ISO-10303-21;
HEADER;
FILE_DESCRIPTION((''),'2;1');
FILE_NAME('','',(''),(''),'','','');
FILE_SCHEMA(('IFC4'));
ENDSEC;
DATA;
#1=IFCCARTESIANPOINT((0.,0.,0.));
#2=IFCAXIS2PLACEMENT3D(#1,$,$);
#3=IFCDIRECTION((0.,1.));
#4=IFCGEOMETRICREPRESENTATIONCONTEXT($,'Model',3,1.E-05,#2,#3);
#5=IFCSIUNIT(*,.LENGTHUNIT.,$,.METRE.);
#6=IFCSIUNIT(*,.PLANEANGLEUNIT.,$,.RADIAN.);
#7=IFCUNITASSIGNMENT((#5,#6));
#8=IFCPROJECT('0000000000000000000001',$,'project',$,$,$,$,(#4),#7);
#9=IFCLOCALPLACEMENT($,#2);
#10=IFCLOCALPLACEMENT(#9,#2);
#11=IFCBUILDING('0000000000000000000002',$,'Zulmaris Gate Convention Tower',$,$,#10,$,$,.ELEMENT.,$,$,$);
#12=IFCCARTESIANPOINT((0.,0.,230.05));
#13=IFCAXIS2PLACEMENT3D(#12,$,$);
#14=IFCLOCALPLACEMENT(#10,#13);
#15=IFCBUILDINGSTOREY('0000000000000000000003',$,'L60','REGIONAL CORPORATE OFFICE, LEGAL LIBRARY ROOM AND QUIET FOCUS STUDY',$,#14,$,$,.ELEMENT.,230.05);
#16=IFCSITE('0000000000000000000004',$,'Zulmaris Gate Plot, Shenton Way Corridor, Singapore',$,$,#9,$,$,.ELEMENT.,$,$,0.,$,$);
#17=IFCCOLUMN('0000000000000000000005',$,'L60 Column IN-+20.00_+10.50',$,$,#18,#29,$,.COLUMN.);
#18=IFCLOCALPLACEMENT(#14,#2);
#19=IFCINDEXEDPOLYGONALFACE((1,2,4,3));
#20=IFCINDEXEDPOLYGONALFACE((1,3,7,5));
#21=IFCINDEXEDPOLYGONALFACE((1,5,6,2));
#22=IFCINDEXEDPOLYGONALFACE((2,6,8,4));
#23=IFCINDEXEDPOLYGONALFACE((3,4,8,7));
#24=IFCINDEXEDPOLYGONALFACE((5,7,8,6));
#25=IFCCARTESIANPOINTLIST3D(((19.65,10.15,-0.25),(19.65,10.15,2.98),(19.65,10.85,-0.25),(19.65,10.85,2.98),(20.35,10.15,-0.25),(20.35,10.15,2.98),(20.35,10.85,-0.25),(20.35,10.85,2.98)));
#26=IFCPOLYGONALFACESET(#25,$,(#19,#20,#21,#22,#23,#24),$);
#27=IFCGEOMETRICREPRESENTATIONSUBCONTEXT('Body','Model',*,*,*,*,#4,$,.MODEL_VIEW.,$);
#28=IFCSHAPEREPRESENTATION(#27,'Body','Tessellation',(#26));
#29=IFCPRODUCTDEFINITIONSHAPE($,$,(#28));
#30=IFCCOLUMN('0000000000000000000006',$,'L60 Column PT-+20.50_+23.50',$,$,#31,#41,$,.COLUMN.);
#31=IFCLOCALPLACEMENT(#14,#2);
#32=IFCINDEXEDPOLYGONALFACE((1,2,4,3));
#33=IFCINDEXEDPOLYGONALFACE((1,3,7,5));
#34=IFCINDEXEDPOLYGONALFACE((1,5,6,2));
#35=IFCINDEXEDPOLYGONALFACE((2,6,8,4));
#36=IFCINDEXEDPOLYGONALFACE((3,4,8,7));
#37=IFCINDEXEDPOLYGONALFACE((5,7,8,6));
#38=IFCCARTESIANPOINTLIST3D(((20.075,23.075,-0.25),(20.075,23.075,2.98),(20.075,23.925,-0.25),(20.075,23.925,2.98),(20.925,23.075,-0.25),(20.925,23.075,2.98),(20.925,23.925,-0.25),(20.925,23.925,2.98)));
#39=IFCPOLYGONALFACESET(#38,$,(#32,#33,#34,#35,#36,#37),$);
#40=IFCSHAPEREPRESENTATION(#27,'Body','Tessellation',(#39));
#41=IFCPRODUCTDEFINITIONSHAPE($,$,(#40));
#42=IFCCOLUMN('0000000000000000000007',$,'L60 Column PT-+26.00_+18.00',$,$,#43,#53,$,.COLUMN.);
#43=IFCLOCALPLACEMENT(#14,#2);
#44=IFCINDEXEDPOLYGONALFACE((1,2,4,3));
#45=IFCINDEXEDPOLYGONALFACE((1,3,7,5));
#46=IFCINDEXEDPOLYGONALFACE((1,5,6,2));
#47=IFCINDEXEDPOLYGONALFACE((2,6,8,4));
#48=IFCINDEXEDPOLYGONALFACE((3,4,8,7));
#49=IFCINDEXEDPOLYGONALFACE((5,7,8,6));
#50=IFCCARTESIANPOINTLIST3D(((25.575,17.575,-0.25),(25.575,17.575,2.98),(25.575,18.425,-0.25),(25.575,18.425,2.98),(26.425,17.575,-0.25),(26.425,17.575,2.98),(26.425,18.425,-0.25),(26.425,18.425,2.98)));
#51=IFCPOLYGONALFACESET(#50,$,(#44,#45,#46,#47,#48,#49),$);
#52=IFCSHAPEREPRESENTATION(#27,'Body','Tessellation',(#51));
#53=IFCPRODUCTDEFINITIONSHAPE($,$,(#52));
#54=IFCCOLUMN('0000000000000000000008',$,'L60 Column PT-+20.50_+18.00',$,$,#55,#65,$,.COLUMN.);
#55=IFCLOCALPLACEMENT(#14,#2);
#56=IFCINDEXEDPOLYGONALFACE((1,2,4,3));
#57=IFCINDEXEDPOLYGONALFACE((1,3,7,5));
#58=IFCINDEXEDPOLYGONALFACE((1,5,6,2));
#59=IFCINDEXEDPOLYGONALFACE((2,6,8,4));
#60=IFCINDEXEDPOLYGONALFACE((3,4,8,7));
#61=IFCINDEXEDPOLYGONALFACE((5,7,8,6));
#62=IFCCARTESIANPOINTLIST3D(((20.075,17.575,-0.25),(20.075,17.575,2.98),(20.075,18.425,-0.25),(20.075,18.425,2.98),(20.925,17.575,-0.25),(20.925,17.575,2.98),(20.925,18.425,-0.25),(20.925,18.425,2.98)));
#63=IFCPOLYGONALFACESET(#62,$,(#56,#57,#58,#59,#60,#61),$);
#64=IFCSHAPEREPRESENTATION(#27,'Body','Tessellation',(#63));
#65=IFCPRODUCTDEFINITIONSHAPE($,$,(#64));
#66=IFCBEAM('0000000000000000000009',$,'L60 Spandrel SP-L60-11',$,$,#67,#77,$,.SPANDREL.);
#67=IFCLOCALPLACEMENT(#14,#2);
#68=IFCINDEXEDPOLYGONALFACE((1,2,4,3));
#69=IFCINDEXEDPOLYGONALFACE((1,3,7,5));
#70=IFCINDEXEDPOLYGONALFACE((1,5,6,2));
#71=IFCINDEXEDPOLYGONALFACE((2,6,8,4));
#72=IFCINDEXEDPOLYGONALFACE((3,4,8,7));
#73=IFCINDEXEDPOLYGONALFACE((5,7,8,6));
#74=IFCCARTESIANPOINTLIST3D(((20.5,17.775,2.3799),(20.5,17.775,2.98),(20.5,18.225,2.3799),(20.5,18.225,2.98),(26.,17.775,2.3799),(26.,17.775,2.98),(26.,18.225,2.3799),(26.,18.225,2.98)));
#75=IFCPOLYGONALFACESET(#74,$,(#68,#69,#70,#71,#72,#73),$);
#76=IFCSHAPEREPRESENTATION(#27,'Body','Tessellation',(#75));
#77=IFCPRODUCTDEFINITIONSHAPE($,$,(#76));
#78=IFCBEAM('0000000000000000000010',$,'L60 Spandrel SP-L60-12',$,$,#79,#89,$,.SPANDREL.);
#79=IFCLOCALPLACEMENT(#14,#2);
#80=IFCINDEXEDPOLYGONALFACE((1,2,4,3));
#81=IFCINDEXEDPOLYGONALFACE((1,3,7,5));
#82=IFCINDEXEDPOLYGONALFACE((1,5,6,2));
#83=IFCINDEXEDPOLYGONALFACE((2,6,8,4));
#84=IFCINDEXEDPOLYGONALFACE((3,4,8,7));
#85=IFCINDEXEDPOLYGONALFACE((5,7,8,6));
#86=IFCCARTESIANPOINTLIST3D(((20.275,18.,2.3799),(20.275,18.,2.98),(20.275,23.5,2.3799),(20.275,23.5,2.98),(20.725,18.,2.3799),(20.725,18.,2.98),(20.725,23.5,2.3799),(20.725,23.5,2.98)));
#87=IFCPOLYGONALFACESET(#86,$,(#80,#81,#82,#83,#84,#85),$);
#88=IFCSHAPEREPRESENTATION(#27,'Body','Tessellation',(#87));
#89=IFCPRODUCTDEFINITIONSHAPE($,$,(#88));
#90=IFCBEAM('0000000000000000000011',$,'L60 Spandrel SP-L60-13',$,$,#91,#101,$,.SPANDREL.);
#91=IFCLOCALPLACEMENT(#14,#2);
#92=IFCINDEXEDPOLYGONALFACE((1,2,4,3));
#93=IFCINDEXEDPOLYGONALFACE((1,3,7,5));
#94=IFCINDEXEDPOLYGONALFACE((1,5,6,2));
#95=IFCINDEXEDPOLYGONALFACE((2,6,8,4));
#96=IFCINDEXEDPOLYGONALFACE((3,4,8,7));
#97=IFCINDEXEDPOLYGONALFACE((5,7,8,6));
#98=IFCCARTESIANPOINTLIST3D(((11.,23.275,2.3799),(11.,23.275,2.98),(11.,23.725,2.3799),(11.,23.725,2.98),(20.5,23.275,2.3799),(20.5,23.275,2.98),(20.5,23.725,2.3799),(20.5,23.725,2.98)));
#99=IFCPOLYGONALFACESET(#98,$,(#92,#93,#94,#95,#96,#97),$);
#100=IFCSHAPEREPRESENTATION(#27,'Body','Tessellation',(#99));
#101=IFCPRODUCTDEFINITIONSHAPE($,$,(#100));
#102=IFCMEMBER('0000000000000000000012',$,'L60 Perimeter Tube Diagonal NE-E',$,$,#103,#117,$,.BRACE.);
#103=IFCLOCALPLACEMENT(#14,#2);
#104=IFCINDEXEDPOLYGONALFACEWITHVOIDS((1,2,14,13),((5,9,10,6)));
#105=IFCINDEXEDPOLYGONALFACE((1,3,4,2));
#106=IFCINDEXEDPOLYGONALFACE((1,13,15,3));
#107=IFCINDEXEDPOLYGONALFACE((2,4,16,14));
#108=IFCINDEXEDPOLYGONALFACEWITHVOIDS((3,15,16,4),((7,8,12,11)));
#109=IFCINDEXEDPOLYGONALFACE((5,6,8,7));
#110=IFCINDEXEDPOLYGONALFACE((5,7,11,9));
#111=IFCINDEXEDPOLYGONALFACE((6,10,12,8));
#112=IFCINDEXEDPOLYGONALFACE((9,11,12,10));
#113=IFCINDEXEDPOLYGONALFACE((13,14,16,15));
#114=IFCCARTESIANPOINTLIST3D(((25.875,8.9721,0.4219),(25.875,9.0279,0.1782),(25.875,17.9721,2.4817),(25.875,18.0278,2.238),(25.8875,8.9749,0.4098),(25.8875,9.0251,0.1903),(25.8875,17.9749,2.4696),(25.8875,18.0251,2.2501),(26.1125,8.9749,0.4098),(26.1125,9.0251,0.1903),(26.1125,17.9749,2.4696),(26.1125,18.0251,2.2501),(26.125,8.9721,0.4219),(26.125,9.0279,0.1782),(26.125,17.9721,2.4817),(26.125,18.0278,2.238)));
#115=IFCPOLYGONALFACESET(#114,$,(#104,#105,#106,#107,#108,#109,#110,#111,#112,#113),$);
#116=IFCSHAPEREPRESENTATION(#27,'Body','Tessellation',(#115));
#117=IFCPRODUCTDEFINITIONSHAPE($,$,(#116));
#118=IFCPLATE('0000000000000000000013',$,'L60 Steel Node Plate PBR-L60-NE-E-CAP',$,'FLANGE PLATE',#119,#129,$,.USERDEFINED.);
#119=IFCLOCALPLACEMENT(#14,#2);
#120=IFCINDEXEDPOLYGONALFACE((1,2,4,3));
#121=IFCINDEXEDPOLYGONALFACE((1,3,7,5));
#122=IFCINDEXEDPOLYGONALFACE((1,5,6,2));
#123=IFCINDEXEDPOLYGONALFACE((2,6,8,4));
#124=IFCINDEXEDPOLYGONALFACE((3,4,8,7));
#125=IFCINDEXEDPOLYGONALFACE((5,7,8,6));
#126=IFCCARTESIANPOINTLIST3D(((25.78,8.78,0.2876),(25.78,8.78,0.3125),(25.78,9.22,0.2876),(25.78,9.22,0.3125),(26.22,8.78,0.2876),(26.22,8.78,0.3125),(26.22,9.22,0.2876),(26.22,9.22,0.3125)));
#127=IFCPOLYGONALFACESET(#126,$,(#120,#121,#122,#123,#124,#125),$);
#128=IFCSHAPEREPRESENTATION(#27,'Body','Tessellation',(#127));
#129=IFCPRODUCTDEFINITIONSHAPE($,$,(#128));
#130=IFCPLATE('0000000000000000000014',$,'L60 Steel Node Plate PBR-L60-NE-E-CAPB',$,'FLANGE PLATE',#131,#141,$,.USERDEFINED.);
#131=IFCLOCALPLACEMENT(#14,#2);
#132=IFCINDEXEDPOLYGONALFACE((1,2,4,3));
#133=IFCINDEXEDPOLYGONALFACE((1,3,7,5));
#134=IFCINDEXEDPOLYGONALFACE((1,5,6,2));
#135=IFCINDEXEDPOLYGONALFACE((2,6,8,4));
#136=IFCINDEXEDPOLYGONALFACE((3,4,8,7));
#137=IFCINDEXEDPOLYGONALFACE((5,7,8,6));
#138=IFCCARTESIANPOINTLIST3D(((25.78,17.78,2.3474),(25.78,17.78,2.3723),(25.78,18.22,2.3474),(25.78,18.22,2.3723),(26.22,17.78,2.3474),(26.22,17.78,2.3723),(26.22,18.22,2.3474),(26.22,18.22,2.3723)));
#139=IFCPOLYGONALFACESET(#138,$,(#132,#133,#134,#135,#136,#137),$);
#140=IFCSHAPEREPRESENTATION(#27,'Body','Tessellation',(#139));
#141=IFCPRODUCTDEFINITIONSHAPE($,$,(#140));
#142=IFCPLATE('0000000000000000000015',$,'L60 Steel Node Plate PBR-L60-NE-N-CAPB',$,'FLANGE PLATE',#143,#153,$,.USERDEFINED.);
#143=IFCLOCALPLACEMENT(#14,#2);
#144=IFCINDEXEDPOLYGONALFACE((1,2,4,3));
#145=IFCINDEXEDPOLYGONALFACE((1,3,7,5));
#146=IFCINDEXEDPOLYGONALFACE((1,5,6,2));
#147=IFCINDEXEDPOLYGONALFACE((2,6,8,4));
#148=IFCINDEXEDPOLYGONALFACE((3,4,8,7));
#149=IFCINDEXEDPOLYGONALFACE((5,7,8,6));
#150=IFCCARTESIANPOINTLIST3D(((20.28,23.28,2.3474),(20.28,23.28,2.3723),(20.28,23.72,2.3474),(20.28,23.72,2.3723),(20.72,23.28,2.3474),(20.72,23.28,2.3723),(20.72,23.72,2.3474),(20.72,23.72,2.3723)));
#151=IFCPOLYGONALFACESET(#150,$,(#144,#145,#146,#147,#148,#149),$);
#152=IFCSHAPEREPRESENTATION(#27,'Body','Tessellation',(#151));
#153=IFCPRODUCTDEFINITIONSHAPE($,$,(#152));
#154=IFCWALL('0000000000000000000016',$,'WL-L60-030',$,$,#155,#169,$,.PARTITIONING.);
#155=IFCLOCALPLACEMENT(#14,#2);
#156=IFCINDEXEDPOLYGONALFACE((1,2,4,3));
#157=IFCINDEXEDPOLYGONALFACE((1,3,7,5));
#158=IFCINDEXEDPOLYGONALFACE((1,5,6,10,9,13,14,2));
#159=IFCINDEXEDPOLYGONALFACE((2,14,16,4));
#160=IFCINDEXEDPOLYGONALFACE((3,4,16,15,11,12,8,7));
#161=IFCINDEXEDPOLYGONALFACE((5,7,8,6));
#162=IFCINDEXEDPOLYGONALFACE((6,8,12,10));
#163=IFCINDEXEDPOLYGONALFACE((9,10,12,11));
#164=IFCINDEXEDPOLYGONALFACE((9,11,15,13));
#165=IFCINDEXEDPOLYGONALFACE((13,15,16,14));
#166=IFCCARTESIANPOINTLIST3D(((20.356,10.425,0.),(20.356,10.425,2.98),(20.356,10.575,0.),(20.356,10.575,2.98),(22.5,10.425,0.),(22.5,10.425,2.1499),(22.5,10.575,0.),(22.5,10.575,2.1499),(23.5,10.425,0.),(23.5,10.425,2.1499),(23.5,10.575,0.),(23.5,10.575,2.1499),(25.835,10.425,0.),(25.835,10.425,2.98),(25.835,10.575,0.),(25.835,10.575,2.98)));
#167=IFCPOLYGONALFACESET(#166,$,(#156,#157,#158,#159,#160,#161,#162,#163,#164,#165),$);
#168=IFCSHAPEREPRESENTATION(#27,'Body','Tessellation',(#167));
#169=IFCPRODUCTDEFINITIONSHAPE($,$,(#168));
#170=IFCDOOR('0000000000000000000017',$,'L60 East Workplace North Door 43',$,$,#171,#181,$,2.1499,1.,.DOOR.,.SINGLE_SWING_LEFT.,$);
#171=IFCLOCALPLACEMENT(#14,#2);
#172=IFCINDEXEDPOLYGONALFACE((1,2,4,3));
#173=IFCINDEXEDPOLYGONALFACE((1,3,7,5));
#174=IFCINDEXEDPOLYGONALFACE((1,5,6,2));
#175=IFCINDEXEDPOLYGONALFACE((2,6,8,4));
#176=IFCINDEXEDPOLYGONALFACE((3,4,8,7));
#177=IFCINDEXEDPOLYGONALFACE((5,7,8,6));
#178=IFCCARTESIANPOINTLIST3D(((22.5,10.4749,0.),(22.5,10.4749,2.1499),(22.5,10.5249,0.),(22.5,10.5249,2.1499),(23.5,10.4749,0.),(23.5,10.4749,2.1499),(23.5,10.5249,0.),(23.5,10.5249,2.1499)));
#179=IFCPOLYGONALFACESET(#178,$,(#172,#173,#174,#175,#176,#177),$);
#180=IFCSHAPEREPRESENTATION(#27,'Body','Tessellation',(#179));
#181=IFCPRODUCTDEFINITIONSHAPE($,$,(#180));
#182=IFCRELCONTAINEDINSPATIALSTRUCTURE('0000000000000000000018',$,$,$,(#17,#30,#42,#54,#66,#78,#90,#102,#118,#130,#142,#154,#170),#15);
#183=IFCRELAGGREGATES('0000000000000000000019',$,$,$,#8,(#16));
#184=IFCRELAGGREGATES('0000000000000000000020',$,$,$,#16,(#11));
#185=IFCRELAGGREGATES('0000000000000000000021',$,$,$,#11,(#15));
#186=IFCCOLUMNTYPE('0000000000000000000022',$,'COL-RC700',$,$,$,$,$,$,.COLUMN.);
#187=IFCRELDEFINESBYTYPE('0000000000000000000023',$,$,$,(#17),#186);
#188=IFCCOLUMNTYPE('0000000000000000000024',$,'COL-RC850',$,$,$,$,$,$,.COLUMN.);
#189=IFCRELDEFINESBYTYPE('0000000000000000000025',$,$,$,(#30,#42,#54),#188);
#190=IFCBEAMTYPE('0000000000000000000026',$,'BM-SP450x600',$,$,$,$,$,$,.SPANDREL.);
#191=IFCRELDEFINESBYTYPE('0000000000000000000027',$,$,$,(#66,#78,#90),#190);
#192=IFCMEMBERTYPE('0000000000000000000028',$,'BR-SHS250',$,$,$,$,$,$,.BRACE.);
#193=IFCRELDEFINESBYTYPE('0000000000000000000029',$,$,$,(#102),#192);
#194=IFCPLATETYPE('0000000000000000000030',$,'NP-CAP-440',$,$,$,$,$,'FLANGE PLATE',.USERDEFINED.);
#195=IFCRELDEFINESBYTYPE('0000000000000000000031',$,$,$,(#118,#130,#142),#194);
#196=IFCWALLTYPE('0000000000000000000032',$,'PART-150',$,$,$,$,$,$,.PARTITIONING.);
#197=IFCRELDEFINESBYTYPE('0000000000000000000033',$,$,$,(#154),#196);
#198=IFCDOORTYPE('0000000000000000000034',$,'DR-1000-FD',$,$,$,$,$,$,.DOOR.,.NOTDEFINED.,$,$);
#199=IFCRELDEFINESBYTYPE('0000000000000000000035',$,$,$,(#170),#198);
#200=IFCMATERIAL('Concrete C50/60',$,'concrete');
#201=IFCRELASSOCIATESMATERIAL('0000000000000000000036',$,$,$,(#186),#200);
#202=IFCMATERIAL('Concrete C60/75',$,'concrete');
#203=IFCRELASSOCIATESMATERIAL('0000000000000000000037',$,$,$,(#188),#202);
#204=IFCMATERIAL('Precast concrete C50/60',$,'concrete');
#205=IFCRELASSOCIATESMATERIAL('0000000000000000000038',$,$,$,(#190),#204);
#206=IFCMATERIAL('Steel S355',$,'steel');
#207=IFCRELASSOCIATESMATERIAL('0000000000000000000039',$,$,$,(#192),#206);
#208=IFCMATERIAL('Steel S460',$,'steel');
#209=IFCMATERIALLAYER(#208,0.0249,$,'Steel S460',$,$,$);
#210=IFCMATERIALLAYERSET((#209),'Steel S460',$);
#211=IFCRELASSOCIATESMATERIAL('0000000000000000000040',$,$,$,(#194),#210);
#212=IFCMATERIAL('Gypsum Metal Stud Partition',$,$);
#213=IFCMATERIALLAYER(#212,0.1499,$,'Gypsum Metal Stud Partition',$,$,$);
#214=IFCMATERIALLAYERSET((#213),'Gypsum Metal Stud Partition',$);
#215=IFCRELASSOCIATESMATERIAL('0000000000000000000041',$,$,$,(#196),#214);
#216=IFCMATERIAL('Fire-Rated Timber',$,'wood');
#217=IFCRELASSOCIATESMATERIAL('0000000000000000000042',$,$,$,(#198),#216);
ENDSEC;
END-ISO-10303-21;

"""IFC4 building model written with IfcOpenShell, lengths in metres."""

from ifc_helpers import new_model, si_unit, direction, frame, frame_2d, origin, origin_2d, place, context, subcontext, project, spatial, rectangle, hollow_rectangle, extrude, material, layer, layer_set, material_profile, profile_set, type_object, element, fill, save


model = new_model("IFC4")

# Units and contexts
model_context = context("Model", 3, precision=1e-05, world=origin(), true_north=direction((0.0, 1.0)))
body_context = subcontext(model_context, "Body", "Model", "MODEL_VIEW")
ifc_project = project(units=[si_unit("LENGTHUNIT", "METRE"), si_unit("PLANEANGLEUNIT", "RADIAN")], contexts=[model_context])

# Site, building, storey
site_placement = place(None, origin())
site = spatial("IfcSite", under=ifc_project, at=site_placement, Name="Zulmaris Gate Plot, Shenton Way Corridor, Singapore", CompositionType="ELEMENT", RefElevation=0.0)
building_placement = place(site_placement, origin())
building = spatial("IfcBuilding", under=site, at=building_placement, Name="Zulmaris Gate Convention Tower", CompositionType="ELEMENT")
storey_placement = place(building_placement, frame((0.0, 0.0, 230.05)))
storey = spatial("IfcBuildingStorey", under=building, at=storey_placement, Name="L60", Description="REGIONAL CORPORATE OFFICE, LEGAL LIBRARY ROOM AND QUIET FOCUS STUDY", CompositionType="ELEMENT", Elevation=230.05)

# Columns
ifc_material_1 = material(Name="Concrete C50/60", Category="concrete")
ifc_material_profile_1 = material_profile(ifc_material_1, rectangle(XDim=0.7, YDim=0.7, at=origin_2d()), Name="RC COL 700x700")
ifc_profile_set_1 = profile_set([ifc_material_profile_1], Name="Concrete C50/60")
column_type_1 = type_object("IfcColumnType", Name="COL-RC700", PredefinedType="COLUMN", material=ifc_profile_set_1)
column_placement = place(storey_placement, frame((20.0, 10.5, -0.25), z_axis=(0.0, 0.0, 1.0), x_axis=(1.0, 0.0, 0.0)))
element("IfcColumn", 1, at=column_placement, inside=storey, type_object=column_type_1, Name="L60 Column IN-+20.00_+10.50", PredefinedType="COLUMN", context=body_context, shape_type="SweptSolid", body=[
    extrude(rectangle(XDim=0.7, YDim=0.7, at=origin_2d()), origin(), (0.0, 0.0, 1.0), 3.23),
])
ifc_material_2 = material(Name="Concrete C60/75", Category="concrete")
ifc_material_profile_2 = material_profile(ifc_material_2, rectangle(XDim=0.8501, YDim=0.8501, at=origin_2d()), Name="RC COL 850x850")
ifc_profile_set_2 = profile_set([ifc_material_profile_2], Name="Concrete C60/75")
column_type_2 = type_object("IfcColumnType", Name="COL-RC850", PredefinedType="COLUMN", material=ifc_profile_set_2)
for number, where, z_axis, x_axis, name in (
    (2, (20.5, 23.5, -0.25), (0.0, 0.0, 1.0), (1.0, 0.0, 0.0), "L60 Column PT-+20.50_+23.50"),
    (3, (26.0, 18.0, -0.25), (0.0, 0.0, 1.0), (1.0, 0.0, 0.0), "L60 Column PT-+26.00_+18.00"),
    (4, (20.5, 18.0, -0.25), (0.0, 0.0, 1.0), (1.0, 0.0, 0.0), "L60 Column PT-+20.50_+18.00"),
):
    element("IfcColumn", number, at=place(storey_placement, frame(where, z_axis=z_axis, x_axis=x_axis)), inside=storey, type_object=column_type_2, Name=name, PredefinedType="COLUMN", context=body_context, shape_type="SweptSolid", body=[
        extrude(rectangle(XDim=0.8501, YDim=0.8501, at=origin_2d()), origin(), (0.0, 0.0, 1.0), 3.23),
    ])

# Beams
ifc_material_3 = material(Name="Precast concrete C50/60", Category="concrete")
ifc_material_profile_3 = material_profile(ifc_material_3, rectangle(XDim=0.45, YDim=0.6001, at=origin_2d()), Name="RC SPANDREL 450x600")
ifc_profile_set_3 = profile_set([ifc_material_profile_3], Name="Precast concrete C50/60")
beam_type = type_object("IfcBeamType", Name="BM-SP450x600", PredefinedType="SPANDREL", material=ifc_profile_set_3)
for number, where, z_axis, x_axis, name in (
    (5, (26.0, 18.0, 2.6799), (-1.0, 0.0, 0.0), (0.0, -1.0, 0.0), "L60 Spandrel SP-L60-11"),
    (6, (20.5, 18.0, 2.6799), (0.0, 1.0, 0.0), (-1.0, 0.0, 0.0), "L60 Spandrel SP-L60-12"),
):
    element("IfcBeam", number, at=place(storey_placement, frame(where, z_axis=z_axis, x_axis=x_axis)), inside=storey, type_object=beam_type, Name=name, PredefinedType="SPANDREL", context=body_context, shape_type="SweptSolid", body=[
        extrude(rectangle(XDim=0.45, YDim=0.6001, at=origin_2d()), origin(), (0.0, 0.0, 1.0), 5.5),
    ])
beam_placement = place(storey_placement, frame((20.5, 23.5, 2.6799), z_axis=(-1.0, 0.0, 0.0), x_axis=(0.0, -1.0, 0.0)))
element("IfcBeam", 7, at=beam_placement, inside=storey, type_object=beam_type, Name="L60 Spandrel SP-L60-13", PredefinedType="SPANDREL", context=body_context, shape_type="SweptSolid", body=[
    extrude(rectangle(XDim=0.45, YDim=0.6001, at=origin_2d()), origin(), (0.0, 0.0, 1.0), 9.5),
])

# Member
ifc_material_4 = material(Name="Steel S355", Category="steel")
ifc_material_profile_4 = material_profile(ifc_material_4, hollow_rectangle(XDim=0.25, YDim=0.25, WallThickness=0.0125, at=origin_2d()), Name="SHS 250x250x12.5")
ifc_profile_set_4 = profile_set([ifc_material_profile_4], Name="Steel S355")
member_type = type_object("IfcMemberType", Name="BR-SHS250", PredefinedType="BRACE", material=ifc_profile_set_4)
member_placement = place(storey_placement, frame((26.0, 9.0, 0.3), z_axis=(0.0, 0.974796, 0.2231), x_axis=(-1.0, 0.0, 0.0)))
element("IfcMember", 8, at=member_placement, inside=storey, type_object=member_type, Name="L60 Perimeter Tube Diagonal NE-E", PredefinedType="BRACE", context=body_context, shape_type="SweptSolid", body=[
    extrude(hollow_rectangle(XDim=0.25, YDim=0.25, WallThickness=0.0125, at=origin_2d()), origin(), (0.0, 0.0, 1.0), 9.2327),
])

# Plates
ifc_material_5 = material(Name="Steel S460", Category="steel")
ifc_layer_1 = layer(ifc_material_5, 0.0249, Name="Steel S460")
ifc_layer_set_1 = layer_set([ifc_layer_1], Name="Steel S460")
plate_type = type_object("IfcPlateType", Name="NP-CAP-440", ElementType="FLANGE PLATE", PredefinedType="USERDEFINED", material=ifc_layer_set_1)
for number, where, z_axis, x_axis, name in (
    (9, (26.0, 9.0, 0.2876), (0.0, 0.0, 1.0), (1.0, 0.0, 0.0), "L60 Steel Node Plate PBR-L60-NE-E-CAP"),
    (10, (26.0, 18.0, 2.3474), (0.0, 0.0, 1.0), (1.0, 0.0, 0.0), "L60 Steel Node Plate PBR-L60-NE-E-CAPB"),
    (11, (20.5, 23.5, 2.3474), (0.0, 0.0, 1.0), (1.0, 0.0, 0.0), "L60 Steel Node Plate PBR-L60-NE-N-CAPB"),
):
    element("IfcPlate", number, at=place(storey_placement, frame(where, z_axis=z_axis, x_axis=x_axis)), inside=storey, type_object=plate_type, Name=name, ObjectType="FLANGE PLATE", PredefinedType="USERDEFINED", context=body_context, shape_type="SweptSolid", body=[
        extrude(rectangle(XDim=0.4399, YDim=0.4399, at=origin_2d()), origin(), (0.0, 0.0, 1.0), 0.0249),
    ])

# Wall, opening, door
ifc_material_6 = material(Name="Gypsum Metal Stud Partition")
ifc_layer_2 = layer(ifc_material_6, 0.1499, Name="Gypsum Metal Stud Partition")
ifc_layer_set_2 = layer_set([ifc_layer_2], Name="Gypsum Metal Stud Partition")
wall_type_1 = type_object("IfcWallType", Name="PART-150", PredefinedType="PARTITIONING", material=ifc_layer_set_2)
wall_1_placement = place(storey_placement, frame((20.356, 10.5, 0.0), z_axis=(0.0, 0.0, 1.0), x_axis=(1.0, 0.0, 0.0)))
wall_1 = element("IfcWall", 12, at=wall_1_placement, inside=storey, type_object=wall_type_1, Name="WL-L60-030", PredefinedType="PARTITIONING", context=body_context, shape_type="SweptSolid", body=[
    extrude(rectangle(XDim=5.479, YDim=0.1499, at=frame_2d((2.7395, 0.0))), origin(), (0.0, 0.0, 1.0), 2.98),
])
opening_1_placement = place(wall_1_placement, frame((2.144, 0.0, 0.0)))
opening_1 = element("IfcOpeningElement", 13, at=opening_1_placement, cuts=wall_1, PredefinedType="OPENING", context=body_context, shape_type="SweptSolid", body=[
    extrude(rectangle(XDim=1.0, YDim=2.1499, at=frame_2d((0.5, 1.075))), frame((0.0, 0.085, 0.0), z_axis=(0.0, -1.0, 0.0), x_axis=(1.0, 0.0, 0.0)), (0.0, 0.0, 1.0), 0.1699),
])
ifc_material_7 = material(Name="Fire-Rated Timber", Category="wood")
door_type_1 = type_object("IfcDoorType", Name="DR-1000-FD", OperationType="NOTDEFINED", PredefinedType="DOOR", material=ifc_material_7)
door_1_placement = place(opening_1_placement, origin())
door_1 = element("IfcDoor", 14, at=door_1_placement, inside=storey, type_object=door_type_1, Name="L60 East Workplace North Door 43", OperationType="SINGLE_SWING_LEFT", OverallHeight=2.1499, OverallWidth=1.0, PredefinedType="DOOR", context=body_context, shape_type="SweptSolid", body=[
    extrude(rectangle(XDim=1.0, YDim=2.1499, at=frame_2d((0.5, 1.075))), frame((0.0, 0.0249, 0.0), z_axis=(0.0, -1.0, 0.0), x_axis=(1.0, 0.0, 0.0)), (0.0, 0.0, 1.0), 0.05),
])
fill(opening_1, door_1)

save(model, "model.ifc")
